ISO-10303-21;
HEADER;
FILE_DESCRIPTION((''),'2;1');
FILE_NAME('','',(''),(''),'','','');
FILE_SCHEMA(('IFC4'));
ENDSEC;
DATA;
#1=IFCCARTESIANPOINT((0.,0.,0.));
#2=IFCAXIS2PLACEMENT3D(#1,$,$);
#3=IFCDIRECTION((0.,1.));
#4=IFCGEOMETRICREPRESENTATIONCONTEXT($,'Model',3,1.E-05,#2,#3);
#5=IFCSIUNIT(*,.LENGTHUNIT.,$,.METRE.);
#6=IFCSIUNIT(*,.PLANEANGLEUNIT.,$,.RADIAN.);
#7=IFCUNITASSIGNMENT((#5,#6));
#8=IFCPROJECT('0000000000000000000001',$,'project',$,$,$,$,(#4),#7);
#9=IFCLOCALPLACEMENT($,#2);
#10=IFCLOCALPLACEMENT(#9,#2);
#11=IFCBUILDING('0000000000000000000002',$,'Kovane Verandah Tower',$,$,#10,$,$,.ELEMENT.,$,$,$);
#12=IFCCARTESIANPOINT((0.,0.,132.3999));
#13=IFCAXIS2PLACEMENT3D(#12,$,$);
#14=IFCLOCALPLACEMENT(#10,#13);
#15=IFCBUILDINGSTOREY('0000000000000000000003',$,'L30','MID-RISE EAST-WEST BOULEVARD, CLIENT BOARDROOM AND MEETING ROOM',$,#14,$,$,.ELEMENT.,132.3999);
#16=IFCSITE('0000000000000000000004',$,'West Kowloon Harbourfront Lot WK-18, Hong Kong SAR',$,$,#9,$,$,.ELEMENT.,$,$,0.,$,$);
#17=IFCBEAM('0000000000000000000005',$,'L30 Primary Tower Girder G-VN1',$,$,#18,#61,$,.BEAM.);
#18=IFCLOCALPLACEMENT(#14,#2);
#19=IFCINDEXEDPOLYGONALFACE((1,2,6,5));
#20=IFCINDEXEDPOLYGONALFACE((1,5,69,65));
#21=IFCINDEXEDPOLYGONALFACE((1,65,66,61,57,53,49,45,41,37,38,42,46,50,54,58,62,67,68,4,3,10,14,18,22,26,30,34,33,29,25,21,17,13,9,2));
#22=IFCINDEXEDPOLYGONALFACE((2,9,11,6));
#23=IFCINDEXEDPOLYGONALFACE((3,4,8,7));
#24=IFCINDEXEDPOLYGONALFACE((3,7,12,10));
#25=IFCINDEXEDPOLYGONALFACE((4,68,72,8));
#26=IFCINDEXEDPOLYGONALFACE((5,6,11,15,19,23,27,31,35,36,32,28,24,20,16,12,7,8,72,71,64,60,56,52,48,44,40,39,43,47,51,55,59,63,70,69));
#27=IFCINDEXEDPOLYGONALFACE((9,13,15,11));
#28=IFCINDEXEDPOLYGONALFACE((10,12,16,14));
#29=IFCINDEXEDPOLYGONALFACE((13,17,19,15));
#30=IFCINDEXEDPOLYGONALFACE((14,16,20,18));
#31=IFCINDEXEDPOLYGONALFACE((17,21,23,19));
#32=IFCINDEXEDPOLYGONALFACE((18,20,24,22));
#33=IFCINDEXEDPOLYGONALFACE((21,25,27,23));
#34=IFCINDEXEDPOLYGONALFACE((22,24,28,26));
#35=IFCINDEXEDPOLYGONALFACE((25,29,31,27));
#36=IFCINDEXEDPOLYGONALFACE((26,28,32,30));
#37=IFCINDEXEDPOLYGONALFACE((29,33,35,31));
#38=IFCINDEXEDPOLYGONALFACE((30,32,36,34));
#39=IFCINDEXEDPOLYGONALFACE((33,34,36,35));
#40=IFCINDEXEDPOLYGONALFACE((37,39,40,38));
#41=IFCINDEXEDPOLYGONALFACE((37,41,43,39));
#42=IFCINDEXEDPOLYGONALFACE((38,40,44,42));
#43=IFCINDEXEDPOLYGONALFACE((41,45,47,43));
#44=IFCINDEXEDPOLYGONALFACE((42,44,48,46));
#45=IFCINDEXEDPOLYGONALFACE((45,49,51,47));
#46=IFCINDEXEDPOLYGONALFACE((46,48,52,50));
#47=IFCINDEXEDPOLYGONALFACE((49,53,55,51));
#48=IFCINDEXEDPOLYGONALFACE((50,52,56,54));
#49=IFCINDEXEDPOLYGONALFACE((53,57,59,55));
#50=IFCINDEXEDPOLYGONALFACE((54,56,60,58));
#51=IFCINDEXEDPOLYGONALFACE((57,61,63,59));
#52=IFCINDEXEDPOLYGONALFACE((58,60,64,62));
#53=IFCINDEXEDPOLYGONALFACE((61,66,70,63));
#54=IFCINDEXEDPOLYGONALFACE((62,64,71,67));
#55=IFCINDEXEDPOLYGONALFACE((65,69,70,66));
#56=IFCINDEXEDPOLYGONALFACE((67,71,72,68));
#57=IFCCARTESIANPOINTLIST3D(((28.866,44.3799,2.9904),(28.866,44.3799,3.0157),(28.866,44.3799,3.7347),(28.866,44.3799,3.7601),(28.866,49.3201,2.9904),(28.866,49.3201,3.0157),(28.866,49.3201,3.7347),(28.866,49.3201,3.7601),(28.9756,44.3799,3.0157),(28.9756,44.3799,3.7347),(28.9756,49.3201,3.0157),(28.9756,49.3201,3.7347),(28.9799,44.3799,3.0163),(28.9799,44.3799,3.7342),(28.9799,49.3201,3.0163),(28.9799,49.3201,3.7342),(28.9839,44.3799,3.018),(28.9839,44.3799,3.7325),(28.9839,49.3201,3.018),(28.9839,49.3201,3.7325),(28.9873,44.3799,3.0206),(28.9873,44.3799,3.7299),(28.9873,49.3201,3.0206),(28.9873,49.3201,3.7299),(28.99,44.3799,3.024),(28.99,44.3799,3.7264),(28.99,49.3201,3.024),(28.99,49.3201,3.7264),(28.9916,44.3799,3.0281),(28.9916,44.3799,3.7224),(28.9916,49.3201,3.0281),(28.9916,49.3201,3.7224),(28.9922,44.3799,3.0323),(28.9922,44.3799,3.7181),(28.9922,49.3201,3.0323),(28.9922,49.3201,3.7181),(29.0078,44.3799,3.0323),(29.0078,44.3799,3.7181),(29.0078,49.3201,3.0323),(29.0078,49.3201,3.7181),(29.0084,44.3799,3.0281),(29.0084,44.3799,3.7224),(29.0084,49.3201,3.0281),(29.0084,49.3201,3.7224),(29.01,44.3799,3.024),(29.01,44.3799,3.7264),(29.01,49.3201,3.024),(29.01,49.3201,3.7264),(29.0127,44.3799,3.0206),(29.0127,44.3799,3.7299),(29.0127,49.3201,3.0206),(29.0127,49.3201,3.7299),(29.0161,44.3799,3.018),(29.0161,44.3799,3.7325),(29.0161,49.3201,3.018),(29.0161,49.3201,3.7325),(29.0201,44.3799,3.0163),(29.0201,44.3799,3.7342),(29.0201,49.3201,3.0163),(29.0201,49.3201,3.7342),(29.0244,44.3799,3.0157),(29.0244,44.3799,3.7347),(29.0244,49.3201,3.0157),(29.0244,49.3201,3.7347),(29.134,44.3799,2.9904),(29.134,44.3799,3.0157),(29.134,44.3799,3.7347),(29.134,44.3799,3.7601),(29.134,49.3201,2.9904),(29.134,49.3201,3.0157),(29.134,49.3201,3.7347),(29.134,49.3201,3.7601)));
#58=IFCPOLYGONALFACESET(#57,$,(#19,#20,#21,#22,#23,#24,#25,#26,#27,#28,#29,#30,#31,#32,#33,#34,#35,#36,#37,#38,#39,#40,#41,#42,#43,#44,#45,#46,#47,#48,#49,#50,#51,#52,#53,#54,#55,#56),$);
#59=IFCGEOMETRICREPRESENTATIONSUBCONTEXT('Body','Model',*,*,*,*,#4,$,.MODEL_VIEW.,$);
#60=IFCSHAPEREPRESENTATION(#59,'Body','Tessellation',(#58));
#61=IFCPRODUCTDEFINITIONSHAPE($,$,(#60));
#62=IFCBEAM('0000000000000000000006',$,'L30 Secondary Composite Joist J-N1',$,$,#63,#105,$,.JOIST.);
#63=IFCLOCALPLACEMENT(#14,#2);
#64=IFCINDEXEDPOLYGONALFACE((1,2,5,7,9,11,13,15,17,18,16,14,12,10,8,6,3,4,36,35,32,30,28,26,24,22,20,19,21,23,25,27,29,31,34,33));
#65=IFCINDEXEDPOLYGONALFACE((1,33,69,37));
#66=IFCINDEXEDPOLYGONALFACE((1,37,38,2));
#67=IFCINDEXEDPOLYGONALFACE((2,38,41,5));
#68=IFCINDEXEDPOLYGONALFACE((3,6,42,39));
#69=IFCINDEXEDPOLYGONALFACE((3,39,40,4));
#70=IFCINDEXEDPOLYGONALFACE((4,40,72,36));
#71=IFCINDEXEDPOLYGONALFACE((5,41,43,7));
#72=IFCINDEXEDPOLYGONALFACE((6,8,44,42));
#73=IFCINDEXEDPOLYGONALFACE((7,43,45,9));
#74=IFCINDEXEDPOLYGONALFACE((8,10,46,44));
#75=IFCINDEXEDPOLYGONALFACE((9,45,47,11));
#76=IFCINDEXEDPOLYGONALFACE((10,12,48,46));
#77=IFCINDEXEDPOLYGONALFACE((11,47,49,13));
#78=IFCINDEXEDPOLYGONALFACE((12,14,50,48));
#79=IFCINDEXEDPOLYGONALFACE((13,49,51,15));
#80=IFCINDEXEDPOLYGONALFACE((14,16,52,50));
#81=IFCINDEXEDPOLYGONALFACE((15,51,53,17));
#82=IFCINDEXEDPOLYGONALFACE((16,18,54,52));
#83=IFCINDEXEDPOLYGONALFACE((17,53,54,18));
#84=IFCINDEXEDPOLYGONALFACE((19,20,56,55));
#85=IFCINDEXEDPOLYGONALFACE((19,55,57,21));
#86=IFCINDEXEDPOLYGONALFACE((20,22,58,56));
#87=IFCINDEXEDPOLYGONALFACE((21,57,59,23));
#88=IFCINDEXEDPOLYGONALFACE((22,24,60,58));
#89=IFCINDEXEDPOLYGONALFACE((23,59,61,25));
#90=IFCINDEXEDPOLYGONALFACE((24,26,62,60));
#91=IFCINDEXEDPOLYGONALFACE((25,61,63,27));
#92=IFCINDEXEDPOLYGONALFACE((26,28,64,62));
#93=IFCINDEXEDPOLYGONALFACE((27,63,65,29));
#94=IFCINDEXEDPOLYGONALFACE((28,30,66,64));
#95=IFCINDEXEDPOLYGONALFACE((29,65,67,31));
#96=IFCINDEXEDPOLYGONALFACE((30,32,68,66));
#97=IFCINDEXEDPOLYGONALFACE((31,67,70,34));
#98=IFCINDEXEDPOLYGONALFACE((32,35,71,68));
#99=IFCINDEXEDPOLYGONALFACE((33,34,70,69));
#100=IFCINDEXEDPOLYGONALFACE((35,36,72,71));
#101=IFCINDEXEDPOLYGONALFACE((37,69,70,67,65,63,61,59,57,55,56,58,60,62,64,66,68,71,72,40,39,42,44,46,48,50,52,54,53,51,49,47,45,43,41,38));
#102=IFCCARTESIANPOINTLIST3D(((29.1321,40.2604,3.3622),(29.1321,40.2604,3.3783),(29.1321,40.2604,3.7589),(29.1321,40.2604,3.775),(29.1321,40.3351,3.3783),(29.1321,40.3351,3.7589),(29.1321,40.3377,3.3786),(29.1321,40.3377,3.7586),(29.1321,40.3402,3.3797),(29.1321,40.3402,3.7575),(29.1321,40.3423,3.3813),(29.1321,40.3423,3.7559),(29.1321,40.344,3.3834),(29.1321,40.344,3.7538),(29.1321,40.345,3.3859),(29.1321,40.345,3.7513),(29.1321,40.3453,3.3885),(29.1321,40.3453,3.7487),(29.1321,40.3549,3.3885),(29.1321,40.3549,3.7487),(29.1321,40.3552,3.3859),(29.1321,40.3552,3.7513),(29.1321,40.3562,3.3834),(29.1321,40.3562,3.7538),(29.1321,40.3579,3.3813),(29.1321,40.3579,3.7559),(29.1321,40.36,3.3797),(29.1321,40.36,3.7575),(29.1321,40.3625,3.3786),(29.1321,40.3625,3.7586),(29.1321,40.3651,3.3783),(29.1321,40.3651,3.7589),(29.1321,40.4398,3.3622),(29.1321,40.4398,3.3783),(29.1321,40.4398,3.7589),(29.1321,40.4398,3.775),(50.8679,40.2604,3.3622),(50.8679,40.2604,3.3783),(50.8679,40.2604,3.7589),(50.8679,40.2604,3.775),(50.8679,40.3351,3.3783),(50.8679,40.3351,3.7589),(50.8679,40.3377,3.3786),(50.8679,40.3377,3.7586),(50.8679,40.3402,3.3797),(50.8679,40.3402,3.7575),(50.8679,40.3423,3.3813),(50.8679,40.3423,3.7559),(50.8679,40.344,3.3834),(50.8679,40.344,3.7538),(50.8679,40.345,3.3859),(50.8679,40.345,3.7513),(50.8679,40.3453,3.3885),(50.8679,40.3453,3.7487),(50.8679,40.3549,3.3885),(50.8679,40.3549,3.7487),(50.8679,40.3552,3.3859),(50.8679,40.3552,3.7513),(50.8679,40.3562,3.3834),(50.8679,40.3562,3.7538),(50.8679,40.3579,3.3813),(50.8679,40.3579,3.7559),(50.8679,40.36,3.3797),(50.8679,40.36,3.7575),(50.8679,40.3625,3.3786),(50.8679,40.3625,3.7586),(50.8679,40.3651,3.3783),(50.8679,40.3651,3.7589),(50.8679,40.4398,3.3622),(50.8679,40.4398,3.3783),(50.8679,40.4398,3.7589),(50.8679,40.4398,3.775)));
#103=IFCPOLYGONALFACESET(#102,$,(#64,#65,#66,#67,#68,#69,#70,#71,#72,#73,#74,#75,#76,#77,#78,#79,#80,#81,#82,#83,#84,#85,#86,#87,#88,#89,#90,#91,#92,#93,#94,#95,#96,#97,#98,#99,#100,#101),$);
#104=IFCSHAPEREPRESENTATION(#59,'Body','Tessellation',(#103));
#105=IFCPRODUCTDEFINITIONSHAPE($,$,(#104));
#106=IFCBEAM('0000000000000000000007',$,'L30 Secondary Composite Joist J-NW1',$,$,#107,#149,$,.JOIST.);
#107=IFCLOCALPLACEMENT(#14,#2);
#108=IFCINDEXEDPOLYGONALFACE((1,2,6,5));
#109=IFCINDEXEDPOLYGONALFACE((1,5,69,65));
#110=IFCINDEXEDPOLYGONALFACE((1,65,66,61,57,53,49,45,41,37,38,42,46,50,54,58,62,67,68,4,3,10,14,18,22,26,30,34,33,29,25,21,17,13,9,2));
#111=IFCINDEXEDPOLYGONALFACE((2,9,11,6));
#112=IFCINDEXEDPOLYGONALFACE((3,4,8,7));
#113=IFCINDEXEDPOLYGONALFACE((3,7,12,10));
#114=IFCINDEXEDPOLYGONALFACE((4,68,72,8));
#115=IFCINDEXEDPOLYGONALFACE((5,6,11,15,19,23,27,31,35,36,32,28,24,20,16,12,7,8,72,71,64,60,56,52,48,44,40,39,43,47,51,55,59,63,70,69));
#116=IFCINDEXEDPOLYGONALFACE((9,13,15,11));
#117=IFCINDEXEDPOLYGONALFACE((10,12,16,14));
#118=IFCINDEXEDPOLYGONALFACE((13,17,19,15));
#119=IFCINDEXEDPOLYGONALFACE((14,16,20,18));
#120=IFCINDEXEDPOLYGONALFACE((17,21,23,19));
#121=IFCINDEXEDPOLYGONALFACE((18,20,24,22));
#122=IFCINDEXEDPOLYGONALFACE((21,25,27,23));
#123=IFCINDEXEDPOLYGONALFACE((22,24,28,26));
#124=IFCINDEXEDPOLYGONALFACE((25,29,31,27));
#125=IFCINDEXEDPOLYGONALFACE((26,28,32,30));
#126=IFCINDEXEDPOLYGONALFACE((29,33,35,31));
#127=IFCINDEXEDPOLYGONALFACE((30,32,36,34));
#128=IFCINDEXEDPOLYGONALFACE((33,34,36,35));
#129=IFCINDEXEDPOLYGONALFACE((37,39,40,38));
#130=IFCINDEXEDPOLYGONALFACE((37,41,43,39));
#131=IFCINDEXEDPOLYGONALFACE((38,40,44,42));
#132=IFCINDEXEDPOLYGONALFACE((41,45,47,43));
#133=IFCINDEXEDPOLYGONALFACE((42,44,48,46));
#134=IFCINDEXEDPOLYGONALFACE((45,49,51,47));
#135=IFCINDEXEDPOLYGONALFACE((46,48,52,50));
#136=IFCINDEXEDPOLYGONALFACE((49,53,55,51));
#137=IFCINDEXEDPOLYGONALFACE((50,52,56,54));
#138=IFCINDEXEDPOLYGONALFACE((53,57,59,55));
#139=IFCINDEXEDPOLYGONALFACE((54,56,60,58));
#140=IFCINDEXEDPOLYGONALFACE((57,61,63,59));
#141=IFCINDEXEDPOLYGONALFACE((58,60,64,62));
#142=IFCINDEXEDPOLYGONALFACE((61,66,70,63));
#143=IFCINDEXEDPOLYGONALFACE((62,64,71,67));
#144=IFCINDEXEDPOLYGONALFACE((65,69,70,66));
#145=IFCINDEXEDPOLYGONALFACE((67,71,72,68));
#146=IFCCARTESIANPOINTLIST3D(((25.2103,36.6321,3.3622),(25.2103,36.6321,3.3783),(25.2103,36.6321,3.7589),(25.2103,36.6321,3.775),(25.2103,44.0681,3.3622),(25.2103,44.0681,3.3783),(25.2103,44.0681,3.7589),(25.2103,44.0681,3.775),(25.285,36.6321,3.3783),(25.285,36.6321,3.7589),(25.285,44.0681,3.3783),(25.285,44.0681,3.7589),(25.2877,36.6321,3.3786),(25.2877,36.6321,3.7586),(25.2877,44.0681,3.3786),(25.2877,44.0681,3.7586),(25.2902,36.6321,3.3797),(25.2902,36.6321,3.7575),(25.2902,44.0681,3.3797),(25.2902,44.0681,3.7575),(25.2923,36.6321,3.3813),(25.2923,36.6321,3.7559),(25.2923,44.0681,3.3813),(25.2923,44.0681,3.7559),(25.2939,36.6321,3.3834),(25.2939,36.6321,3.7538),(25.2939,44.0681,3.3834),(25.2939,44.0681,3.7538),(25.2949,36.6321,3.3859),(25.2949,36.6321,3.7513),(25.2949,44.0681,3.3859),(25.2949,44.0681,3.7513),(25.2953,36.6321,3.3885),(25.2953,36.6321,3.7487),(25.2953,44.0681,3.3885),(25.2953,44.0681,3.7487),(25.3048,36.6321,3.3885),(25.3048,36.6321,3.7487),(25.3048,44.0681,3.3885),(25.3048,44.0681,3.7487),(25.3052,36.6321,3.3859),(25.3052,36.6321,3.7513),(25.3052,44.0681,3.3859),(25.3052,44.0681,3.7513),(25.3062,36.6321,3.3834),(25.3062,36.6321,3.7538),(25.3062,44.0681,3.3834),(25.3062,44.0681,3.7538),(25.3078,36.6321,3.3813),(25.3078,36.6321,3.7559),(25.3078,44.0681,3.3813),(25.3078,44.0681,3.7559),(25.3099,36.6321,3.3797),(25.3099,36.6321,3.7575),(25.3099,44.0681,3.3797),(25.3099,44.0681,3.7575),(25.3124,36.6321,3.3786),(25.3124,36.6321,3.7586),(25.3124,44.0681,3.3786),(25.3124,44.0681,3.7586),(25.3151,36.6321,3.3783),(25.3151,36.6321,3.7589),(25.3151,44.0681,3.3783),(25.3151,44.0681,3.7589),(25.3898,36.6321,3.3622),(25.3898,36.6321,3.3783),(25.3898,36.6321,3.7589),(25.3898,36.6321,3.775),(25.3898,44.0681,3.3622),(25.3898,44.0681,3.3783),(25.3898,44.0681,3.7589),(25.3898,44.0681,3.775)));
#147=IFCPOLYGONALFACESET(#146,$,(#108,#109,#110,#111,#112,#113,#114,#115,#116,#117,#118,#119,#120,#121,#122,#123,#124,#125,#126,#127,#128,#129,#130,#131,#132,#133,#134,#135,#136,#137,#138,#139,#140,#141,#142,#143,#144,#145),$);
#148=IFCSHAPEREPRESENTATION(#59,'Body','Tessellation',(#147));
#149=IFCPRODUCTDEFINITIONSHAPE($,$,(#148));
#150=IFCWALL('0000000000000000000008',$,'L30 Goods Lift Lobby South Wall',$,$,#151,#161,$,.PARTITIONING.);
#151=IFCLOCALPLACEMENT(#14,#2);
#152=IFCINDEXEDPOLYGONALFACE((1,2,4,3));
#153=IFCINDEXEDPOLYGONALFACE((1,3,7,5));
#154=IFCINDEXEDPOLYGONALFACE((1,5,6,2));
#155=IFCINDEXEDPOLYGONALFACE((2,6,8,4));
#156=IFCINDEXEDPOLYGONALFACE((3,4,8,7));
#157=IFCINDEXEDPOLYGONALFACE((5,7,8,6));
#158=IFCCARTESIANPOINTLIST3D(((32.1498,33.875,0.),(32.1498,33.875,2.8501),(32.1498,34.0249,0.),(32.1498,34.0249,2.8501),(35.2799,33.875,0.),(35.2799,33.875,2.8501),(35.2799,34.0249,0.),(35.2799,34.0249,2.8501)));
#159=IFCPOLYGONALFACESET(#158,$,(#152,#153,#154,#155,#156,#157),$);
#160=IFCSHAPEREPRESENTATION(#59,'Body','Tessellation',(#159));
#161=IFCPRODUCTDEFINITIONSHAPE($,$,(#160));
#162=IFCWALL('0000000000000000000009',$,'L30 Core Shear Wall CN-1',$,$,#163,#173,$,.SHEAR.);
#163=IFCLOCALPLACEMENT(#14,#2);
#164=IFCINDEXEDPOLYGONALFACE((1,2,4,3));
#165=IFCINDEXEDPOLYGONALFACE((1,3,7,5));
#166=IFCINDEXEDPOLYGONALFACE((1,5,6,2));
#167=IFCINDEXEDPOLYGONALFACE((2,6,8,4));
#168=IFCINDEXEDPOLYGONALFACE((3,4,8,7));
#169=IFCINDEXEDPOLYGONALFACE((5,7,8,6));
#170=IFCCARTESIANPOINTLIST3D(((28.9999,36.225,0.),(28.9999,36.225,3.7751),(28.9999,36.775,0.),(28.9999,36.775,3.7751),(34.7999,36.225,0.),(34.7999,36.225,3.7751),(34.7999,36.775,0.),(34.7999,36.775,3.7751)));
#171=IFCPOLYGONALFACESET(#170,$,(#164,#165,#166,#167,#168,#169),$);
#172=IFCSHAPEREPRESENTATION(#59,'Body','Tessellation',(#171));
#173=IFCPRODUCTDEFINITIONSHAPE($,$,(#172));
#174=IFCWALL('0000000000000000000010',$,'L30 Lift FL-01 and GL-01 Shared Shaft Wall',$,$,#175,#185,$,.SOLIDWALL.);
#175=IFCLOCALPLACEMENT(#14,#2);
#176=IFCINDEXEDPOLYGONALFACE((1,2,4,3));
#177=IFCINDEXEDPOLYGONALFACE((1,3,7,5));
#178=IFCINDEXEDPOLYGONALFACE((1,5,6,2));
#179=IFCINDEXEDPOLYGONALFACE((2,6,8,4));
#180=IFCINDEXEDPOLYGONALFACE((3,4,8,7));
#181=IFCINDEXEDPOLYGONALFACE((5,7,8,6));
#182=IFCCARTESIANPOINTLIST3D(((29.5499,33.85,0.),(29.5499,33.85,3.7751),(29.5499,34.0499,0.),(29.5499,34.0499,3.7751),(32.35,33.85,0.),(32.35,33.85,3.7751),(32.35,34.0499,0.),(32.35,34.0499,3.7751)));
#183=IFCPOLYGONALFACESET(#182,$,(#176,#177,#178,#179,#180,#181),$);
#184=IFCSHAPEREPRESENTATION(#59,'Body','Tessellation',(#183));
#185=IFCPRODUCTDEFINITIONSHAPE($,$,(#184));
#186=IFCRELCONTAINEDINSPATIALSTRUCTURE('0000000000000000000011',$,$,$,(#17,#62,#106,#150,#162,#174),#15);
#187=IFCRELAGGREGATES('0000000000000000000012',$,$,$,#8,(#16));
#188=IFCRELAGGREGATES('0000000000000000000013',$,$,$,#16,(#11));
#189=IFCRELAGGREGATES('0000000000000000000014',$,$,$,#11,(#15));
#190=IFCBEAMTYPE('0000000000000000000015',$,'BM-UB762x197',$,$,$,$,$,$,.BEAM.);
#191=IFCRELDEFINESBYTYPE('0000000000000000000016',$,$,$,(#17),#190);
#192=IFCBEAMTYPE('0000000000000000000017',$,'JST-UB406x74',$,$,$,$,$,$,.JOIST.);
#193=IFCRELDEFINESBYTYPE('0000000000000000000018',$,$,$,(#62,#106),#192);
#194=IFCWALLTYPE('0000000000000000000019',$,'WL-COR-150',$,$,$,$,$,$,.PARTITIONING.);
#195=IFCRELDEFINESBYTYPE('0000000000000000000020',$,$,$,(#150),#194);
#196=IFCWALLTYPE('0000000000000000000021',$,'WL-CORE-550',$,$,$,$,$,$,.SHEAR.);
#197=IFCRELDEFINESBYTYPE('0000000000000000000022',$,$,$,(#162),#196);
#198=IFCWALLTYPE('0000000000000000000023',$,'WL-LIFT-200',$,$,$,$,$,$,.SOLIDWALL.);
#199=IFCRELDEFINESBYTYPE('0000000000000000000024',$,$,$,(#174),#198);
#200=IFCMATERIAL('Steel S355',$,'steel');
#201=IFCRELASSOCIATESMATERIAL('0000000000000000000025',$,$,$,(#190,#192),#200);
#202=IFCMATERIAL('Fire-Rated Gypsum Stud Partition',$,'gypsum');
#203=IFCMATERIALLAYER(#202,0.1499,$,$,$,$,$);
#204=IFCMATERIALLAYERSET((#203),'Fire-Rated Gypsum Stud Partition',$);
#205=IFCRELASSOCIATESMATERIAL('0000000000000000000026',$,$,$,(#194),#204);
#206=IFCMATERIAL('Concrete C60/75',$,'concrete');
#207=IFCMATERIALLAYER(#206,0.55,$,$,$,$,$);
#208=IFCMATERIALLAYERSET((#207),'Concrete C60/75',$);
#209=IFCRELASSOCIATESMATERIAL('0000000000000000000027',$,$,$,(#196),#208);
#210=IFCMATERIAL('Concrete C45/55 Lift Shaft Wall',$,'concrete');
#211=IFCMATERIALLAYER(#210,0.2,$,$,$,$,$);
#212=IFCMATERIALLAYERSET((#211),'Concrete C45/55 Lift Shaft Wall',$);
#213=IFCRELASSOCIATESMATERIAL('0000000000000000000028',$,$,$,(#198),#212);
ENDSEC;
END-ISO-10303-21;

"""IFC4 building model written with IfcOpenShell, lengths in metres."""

from ifc_helpers import new_model, si_unit, direction, frame, frame_2d, origin, origin_2d, place, context, subcontext, project, spatial, rectangle, i_section, extrude, material, layer, layer_set, material_profile, profile_set, type_object, element, save


model = new_model("IFC4")

# Units and contexts
model_context = context("Model", 3, precision=1e-05, world=origin(), true_north=direction((0.0, 1.0)))
body_context = subcontext(model_context, "Body", "Model", "MODEL_VIEW")
ifc_project = project(units=[si_unit("LENGTHUNIT", "METRE"), si_unit("PLANEANGLEUNIT", "RADIAN")], contexts=[model_context])

# Site, building, storey
site_placement = place(None, origin())
site = spatial("IfcSite", under=ifc_project, at=site_placement, Name="West Kowloon Harbourfront Lot WK-18, Hong Kong SAR", CompositionType="ELEMENT", RefElevation=0.0)
building_placement = place(site_placement, origin())
building = spatial("IfcBuilding", under=site, at=building_placement, Name="Kovane Verandah Tower", CompositionType="ELEMENT")
storey_placement = place(building_placement, frame((0.0, 0.0, 132.3999)))
storey = spatial("IfcBuildingStorey", under=building, at=storey_placement, Name="L30", Description="MID-RISE EAST-WEST BOULEVARD, CLIENT BOARDROOM AND MEETING ROOM", CompositionType="ELEMENT", Elevation=132.3999)

# Beams
ifc_material_1 = material(Name="Steel S355", Category="steel")
ifc_material_profile_1 = material_profile(ifc_material_1, i_section(OverallWidth=0.2681, OverallDepth=0.7698, WebThickness=0.0156, FlangeThickness=0.0254, FilletRadius=0.0166, at=origin_2d()), Name="UB762x267x197")
ifc_profile_set_1 = profile_set([ifc_material_profile_1], Name="Steel S355")
beam_type_1 = type_object("IfcBeamType", Name="BM-UB762x197", PredefinedType="BEAM", material=ifc_profile_set_1)
beam_1_placement = place(storey_placement, frame((29.0, 44.3799, 3.3752), z_axis=(0.0, 1.0, 0.0), x_axis=(-1.0, 0.0, 0.0)))
element("IfcBeam", 1, at=beam_1_placement, inside=storey, type_object=beam_type_1, Name="L30 Primary Tower Girder G-VN1", PredefinedType="BEAM", context=body_context, shape_type="SweptSolid", body=[
    extrude(i_section(OverallWidth=0.2681, OverallDepth=0.7698, WebThickness=0.0156, FlangeThickness=0.0254, FilletRadius=0.0166, at=origin_2d()), origin(), (0.0, 0.0, 1.0), 4.9402),
])
ifc_material_profile_2 = material_profile(ifc_material_1, i_section(OverallWidth=0.1794, OverallDepth=0.4128, WebThickness=0.0095, FlangeThickness=0.0161, FilletRadius=0.0103, at=origin_2d()), Name="UB406x178x74")
ifc_profile_set_2 = profile_set([ifc_material_profile_2], Name="Steel S355")
beam_type_2 = type_object("IfcBeamType", Name="JST-UB406x74", PredefinedType="JOIST", material=ifc_profile_set_2)
beam_2_placement = place(storey_placement, frame((29.1321, 40.3501, 3.5686), z_axis=(1.0, 0.0, 0.0), x_axis=(0.0, 1.0, 0.0)))
element("IfcBeam", 2, at=beam_2_placement, inside=storey, type_object=beam_type_2, Name="L30 Secondary Composite Joist J-N1", PredefinedType="JOIST", context=body_context, shape_type="SweptSolid", body=[
    extrude(i_section(OverallWidth=0.1794, OverallDepth=0.4128, WebThickness=0.0095, FlangeThickness=0.0161, FilletRadius=0.0103, at=origin_2d()), origin(), (0.0, 0.0, 1.0), 21.7358),
])
beam_3_placement = place(storey_placement, frame((25.3, 36.6321, 3.5686), z_axis=(0.0, 1.0, 0.0), x_axis=(-1.0, 0.0, 0.0)))
element("IfcBeam", 3, at=beam_3_placement, inside=storey, type_object=beam_type_2, Name="L30 Secondary Composite Joist J-NW1", PredefinedType="JOIST", context=body_context, shape_type="SweptSolid", body=[
    extrude(i_section(OverallWidth=0.1794, OverallDepth=0.4128, WebThickness=0.0095, FlangeThickness=0.0161, FilletRadius=0.0103, at=origin_2d()), origin(), (0.0, 0.0, 1.0), 7.436),
])

# Walls
ifc_material_2 = material(Name="Fire-Rated Gypsum Stud Partition", Category="gypsum")
ifc_layer_1 = layer(ifc_material_2, 0.1499)
ifc_layer_set_1 = layer_set([ifc_layer_1], Name="Fire-Rated Gypsum Stud Partition")
wall_type_1 = type_object("IfcWallType", Name="WL-COR-150", PredefinedType="PARTITIONING", material=ifc_layer_set_1)
wall_1_placement = place(storey_placement, frame((32.1499, 33.95, 0.0), z_axis=(0.0, 0.0, 1.0), x_axis=(1.0, 0.0, 0.0)))
element("IfcWall", 4, at=wall_1_placement, inside=storey, type_object=wall_type_1, Name="L30 Goods Lift Lobby South Wall", PredefinedType="PARTITIONING", context=body_context, shape_type="SweptSolid", body=[
    extrude(rectangle(XDim=3.1301, YDim=0.1499, at=frame_2d((1.5649, 0.0))), origin(), (0.0, 0.0, 1.0), 2.8501),
])
ifc_material_3 = material(Name="Concrete C60/75", Category="concrete")
ifc_layer_2 = layer(ifc_material_3, 0.55)
ifc_layer_set_2 = layer_set([ifc_layer_2], Name="Concrete C60/75")
wall_type_2 = type_object("IfcWallType", Name="WL-CORE-550", PredefinedType="SHEAR", material=ifc_layer_set_2)
wall_2_placement = place(storey_placement, frame((29.0, 36.5, 0.0), z_axis=(0.0, 0.0, 1.0), x_axis=(1.0, 0.0, 0.0)))
element("IfcWall", 5, at=wall_2_placement, inside=storey, type_object=wall_type_2, Name="L30 Core Shear Wall CN-1", PredefinedType="SHEAR", context=body_context, shape_type="SweptSolid", body=[
    extrude(rectangle(XDim=5.8, YDim=0.55, at=frame_2d((2.8999, 0.0))), origin(), (0.0, 0.0, 1.0), 3.7751),
])
ifc_material_4 = material(Name="Concrete C45/55 Lift Shaft Wall", Category="concrete")
ifc_layer_3 = layer(ifc_material_4, 0.2)
ifc_layer_set_3 = layer_set([ifc_layer_3], Name="Concrete C45/55 Lift Shaft Wall")
wall_type_3 = type_object("IfcWallType", Name="WL-LIFT-200", PredefinedType="SOLIDWALL", material=ifc_layer_set_3)
wall_3_placement = place(storey_placement, frame((29.55, 33.95, 0.0), z_axis=(0.0, 0.0, 1.0), x_axis=(1.0, 0.0, 0.0)))
element("IfcWall", 6, at=wall_3_placement, inside=storey, type_object=wall_type_3, Name="L30 Lift FL-01 and GL-01 Shared Shaft Wall", PredefinedType="SOLIDWALL", context=body_context, shape_type="SweptSolid", body=[
    extrude(rectangle(XDim=2.8, YDim=0.2, at=frame_2d((1.3999, 0.0))), origin(), (0.0, 0.0, 1.0), 3.7751),
])

save(model, "model.ifc")
